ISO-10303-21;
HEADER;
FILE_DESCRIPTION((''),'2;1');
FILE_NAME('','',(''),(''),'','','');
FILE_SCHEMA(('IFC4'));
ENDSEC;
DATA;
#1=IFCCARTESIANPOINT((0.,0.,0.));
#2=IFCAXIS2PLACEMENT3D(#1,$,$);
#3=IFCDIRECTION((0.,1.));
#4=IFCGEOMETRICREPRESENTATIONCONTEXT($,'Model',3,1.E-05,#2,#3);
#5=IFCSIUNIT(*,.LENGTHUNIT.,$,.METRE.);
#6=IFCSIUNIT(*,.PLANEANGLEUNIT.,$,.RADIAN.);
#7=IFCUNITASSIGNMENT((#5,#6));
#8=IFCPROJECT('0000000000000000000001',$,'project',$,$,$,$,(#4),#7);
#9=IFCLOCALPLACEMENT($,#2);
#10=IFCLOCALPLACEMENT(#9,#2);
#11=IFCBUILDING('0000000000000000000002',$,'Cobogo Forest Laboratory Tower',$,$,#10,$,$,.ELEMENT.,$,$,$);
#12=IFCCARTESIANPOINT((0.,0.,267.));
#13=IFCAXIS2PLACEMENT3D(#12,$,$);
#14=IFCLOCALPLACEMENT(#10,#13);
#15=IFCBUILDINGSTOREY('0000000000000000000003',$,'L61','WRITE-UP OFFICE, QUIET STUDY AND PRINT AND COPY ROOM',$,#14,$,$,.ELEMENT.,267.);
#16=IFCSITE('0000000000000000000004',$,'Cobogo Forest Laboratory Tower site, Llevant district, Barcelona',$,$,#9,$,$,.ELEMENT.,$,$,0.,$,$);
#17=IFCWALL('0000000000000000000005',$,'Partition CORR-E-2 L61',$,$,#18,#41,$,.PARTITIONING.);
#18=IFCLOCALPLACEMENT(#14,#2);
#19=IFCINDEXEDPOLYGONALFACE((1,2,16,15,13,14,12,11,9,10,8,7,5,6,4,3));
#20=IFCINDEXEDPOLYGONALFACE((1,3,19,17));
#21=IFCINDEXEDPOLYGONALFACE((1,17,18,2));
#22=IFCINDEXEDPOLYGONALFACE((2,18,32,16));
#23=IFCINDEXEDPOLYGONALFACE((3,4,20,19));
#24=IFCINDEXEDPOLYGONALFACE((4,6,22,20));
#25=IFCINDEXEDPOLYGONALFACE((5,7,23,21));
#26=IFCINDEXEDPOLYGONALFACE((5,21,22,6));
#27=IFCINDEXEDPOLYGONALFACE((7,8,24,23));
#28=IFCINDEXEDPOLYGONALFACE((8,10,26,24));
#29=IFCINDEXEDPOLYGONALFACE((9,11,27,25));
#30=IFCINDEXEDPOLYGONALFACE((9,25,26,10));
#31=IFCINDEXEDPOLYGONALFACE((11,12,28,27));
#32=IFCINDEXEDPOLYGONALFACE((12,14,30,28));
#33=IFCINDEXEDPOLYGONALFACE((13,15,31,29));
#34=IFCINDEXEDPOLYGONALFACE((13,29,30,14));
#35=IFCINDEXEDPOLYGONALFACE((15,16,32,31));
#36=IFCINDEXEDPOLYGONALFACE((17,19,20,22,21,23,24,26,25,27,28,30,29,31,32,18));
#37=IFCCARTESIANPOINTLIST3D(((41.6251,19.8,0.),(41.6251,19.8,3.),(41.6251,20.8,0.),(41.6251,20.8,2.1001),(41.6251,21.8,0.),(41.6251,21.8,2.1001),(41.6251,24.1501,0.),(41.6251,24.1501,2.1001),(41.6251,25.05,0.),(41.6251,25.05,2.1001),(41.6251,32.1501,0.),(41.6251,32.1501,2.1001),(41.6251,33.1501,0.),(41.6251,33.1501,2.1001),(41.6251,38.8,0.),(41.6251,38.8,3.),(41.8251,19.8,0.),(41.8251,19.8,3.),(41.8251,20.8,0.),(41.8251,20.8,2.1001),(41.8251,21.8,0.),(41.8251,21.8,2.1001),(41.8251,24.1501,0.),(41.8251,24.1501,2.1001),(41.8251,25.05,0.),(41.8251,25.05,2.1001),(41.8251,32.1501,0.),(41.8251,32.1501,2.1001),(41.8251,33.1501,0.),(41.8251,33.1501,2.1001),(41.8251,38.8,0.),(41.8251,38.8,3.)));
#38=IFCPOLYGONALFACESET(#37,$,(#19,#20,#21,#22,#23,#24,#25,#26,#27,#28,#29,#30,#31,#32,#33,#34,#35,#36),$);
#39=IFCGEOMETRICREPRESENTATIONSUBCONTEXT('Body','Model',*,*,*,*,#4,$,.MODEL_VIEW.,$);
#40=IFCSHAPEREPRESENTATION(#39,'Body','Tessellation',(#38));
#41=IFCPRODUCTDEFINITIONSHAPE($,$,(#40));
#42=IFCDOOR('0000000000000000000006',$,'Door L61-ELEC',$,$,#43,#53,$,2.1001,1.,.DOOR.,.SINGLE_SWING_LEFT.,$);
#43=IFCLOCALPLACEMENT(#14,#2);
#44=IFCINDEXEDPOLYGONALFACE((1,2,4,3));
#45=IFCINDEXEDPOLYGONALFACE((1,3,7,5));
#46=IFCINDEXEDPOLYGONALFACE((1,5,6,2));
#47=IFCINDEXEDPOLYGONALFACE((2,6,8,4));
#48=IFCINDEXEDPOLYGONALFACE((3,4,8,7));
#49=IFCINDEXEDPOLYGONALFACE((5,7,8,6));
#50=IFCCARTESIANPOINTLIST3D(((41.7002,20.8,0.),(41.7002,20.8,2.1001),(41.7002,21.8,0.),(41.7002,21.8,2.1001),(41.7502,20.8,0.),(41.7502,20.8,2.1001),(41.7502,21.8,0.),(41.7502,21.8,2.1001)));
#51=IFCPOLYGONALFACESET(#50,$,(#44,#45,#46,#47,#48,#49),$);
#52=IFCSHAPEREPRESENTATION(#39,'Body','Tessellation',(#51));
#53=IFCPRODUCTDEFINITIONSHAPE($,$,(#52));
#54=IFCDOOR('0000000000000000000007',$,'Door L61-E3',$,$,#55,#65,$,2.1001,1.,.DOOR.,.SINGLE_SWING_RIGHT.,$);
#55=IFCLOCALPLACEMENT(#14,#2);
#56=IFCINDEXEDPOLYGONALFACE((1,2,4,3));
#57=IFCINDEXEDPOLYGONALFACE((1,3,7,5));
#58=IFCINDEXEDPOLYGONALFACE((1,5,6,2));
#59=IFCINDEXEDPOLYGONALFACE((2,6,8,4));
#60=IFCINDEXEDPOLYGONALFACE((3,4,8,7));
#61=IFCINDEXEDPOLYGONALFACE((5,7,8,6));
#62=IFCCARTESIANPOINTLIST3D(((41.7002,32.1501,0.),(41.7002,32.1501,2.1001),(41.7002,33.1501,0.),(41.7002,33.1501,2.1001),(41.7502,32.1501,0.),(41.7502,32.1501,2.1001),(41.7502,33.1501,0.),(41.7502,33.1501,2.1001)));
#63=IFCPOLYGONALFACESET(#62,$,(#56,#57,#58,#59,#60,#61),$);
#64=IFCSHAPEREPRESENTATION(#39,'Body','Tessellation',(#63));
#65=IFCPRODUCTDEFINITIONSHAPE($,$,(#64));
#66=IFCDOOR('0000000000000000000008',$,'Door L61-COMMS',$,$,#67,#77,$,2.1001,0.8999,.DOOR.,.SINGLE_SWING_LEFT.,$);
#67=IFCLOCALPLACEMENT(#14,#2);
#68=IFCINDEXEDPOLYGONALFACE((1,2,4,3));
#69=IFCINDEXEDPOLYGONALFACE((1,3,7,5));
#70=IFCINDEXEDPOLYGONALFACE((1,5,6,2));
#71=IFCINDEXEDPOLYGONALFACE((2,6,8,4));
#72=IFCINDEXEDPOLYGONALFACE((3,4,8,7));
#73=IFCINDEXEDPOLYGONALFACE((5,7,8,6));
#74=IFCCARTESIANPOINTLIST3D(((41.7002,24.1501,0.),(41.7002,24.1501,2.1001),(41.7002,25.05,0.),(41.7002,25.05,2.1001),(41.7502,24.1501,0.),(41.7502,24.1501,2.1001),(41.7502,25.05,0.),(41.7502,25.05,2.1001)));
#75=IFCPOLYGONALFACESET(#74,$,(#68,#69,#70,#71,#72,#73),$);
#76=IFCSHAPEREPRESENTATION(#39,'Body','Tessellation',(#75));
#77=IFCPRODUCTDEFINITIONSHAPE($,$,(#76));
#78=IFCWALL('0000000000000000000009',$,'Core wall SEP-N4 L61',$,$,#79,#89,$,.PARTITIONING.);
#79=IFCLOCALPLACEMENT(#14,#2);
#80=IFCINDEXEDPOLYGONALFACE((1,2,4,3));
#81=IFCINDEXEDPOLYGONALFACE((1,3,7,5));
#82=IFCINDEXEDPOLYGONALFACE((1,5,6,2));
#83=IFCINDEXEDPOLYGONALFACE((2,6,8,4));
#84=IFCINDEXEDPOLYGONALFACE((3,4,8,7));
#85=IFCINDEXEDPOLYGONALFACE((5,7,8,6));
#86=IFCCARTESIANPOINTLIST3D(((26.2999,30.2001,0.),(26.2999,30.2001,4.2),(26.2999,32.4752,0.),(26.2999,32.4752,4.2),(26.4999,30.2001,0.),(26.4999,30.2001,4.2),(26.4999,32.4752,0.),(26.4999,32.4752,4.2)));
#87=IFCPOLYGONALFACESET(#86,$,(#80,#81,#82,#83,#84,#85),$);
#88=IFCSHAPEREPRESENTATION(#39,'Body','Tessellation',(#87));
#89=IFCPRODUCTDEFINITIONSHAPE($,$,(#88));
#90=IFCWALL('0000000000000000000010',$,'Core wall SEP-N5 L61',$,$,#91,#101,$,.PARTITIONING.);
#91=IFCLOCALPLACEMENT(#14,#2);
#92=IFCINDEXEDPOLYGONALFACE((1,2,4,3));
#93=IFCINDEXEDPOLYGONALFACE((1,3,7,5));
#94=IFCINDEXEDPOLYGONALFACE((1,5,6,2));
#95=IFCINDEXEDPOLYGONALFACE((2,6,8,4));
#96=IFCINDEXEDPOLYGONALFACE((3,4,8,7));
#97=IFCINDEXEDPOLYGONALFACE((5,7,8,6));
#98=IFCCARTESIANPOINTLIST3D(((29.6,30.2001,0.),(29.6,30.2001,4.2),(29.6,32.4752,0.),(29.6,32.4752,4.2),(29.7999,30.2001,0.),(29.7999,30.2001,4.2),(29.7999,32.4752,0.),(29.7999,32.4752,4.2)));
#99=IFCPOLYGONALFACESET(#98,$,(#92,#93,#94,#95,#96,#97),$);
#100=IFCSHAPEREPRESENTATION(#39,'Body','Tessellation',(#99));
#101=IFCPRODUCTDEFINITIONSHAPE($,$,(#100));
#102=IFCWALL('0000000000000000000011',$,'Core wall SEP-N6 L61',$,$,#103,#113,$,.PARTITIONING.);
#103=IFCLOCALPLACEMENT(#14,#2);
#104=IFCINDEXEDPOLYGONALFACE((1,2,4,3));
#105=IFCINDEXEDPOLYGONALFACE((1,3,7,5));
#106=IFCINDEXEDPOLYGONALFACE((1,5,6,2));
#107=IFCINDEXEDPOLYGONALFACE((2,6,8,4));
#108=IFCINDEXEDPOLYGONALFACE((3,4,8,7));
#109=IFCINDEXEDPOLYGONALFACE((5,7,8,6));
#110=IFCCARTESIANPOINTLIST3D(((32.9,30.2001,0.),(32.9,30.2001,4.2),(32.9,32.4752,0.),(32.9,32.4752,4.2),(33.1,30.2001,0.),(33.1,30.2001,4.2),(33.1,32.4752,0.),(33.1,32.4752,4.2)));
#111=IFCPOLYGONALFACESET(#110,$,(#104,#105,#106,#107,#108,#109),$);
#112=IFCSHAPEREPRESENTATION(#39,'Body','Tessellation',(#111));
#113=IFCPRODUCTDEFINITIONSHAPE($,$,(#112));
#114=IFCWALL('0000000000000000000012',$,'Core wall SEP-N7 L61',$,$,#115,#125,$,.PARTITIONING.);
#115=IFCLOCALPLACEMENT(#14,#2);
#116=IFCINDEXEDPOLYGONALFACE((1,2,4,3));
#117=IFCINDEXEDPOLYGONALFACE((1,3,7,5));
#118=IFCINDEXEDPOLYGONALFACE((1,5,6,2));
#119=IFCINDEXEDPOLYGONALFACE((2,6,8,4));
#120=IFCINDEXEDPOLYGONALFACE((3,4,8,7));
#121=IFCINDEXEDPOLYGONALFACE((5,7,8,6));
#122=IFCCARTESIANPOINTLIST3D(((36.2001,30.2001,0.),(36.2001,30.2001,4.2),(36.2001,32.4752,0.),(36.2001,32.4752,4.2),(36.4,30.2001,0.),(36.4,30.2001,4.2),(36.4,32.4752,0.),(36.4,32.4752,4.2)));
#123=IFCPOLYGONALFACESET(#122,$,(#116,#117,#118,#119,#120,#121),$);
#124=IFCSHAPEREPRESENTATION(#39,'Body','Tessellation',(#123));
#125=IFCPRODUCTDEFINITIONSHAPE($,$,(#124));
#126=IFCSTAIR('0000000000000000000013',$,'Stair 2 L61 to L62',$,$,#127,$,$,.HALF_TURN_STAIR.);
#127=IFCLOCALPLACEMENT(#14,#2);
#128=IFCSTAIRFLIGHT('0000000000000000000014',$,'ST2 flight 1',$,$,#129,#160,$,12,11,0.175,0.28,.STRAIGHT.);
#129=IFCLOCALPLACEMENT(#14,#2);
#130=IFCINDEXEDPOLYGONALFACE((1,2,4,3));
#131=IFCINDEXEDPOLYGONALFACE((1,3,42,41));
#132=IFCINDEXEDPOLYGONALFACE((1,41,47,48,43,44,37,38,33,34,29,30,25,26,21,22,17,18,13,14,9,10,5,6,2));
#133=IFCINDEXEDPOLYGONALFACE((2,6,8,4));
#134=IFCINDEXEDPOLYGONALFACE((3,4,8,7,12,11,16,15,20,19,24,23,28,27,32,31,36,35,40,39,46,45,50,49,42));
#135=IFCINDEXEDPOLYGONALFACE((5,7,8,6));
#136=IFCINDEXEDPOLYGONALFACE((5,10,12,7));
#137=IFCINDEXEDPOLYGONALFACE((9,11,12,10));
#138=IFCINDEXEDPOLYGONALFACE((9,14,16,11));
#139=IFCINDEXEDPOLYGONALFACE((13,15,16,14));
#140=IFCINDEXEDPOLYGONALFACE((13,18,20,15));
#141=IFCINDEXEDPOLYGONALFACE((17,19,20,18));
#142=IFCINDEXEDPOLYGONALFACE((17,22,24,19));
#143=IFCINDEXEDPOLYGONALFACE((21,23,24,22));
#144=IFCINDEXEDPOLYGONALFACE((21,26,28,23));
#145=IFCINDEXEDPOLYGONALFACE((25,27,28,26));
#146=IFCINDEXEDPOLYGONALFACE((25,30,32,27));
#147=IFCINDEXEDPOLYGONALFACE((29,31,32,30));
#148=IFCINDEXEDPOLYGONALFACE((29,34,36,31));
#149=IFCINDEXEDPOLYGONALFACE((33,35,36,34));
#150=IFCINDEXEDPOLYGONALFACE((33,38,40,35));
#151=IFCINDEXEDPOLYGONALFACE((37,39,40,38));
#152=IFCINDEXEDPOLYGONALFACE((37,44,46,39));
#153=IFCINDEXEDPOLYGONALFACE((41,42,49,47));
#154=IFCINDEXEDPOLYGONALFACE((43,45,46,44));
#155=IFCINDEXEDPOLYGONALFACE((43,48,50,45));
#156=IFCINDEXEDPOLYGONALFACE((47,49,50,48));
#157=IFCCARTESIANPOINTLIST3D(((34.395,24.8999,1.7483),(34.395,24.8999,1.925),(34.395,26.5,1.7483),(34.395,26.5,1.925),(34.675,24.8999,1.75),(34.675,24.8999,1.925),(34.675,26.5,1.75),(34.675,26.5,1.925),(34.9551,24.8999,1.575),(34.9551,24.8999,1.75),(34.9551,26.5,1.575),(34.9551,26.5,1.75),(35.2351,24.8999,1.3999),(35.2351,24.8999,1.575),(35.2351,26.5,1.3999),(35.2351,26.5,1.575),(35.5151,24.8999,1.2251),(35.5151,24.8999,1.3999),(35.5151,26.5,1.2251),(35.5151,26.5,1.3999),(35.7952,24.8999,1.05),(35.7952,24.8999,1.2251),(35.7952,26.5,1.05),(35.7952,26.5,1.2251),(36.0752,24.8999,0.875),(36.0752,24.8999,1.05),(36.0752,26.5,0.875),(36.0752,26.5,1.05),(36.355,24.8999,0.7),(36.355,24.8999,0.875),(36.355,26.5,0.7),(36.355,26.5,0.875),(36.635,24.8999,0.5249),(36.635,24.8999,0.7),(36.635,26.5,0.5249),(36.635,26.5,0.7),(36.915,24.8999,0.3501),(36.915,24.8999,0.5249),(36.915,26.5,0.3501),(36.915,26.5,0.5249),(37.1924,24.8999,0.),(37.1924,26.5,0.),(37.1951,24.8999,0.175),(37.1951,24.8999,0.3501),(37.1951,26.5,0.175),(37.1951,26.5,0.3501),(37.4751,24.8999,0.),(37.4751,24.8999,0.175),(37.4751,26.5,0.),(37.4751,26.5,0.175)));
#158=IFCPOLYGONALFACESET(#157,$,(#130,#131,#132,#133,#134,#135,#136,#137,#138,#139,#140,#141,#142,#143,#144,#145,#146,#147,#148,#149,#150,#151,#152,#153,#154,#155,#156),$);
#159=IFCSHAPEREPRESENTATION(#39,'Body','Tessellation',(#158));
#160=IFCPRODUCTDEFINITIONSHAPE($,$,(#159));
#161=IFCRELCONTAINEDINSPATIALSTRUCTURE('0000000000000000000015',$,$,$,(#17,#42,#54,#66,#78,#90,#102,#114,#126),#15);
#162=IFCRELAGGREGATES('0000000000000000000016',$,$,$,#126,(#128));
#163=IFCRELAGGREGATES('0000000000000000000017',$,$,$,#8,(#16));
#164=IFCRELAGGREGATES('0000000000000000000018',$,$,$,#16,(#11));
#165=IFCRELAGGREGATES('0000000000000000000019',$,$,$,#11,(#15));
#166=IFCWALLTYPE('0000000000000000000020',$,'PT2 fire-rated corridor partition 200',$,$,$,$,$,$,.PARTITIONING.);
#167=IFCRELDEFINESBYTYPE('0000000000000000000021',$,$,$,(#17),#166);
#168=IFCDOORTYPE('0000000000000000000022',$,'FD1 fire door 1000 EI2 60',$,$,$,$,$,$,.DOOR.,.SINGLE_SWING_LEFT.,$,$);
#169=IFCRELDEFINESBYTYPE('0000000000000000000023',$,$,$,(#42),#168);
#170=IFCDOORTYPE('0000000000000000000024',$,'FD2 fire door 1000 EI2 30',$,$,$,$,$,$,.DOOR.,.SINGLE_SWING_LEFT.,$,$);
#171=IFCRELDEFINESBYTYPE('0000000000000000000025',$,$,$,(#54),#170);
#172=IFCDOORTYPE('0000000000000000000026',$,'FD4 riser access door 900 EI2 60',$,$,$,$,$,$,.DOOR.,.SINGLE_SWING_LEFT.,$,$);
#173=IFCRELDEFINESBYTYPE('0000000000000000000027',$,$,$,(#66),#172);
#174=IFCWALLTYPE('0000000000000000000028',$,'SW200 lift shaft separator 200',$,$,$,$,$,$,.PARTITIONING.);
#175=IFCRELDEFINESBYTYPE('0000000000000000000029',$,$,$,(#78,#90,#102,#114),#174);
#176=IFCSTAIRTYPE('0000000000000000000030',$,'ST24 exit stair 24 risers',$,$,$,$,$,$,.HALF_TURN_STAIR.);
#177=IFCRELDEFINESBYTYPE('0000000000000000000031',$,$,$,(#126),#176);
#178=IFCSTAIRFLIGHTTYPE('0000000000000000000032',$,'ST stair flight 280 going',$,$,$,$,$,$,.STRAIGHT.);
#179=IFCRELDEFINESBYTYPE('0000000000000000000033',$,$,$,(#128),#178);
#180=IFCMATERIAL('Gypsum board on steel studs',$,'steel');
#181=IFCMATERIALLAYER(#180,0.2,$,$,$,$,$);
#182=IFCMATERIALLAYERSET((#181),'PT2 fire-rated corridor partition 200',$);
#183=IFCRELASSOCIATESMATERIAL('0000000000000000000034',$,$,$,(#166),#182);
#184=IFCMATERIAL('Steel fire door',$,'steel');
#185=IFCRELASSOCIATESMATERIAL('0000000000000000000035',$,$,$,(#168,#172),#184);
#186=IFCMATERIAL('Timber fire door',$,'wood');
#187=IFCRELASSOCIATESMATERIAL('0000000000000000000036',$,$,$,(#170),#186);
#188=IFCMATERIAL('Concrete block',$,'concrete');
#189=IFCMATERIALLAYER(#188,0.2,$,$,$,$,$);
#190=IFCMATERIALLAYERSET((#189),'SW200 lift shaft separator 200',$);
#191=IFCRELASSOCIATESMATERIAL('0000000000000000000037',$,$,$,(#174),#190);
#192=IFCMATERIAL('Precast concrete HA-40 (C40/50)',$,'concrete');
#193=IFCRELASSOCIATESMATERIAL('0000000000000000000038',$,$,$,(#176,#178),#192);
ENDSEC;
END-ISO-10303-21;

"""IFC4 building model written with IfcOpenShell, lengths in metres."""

from ifc_helpers import new_model, si_unit, direction, frame, frame_2d, origin, place, context, subcontext, project, spatial, polyline, rectangle, outline, extrude, material, layer, layer_set, type_object, element, fill, aggregate, save


model = new_model("IFC4")

# Units and contexts
model_context = context("Model", 3, precision=1e-05, world=origin(), true_north=direction((0.0, 1.0)))
body_context = subcontext(model_context, "Body", "Model", "MODEL_VIEW")
ifc_project = project(units=[si_unit("LENGTHUNIT", "METRE"), si_unit("PLANEANGLEUNIT", "RADIAN")], contexts=[model_context])

# Site, building, storey
site_placement = place(None, origin())
site = spatial("IfcSite", under=ifc_project, at=site_placement, Name="Cobogo Forest Laboratory Tower site, Llevant district, Barcelona", CompositionType="ELEMENT", RefElevation=0.0)
building_placement = place(site_placement, origin())
building = spatial("IfcBuilding", under=site, at=building_placement, Name="Cobogo Forest Laboratory Tower", CompositionType="ELEMENT")
storey_placement = place(building_placement, frame((0.0, 0.0, 267.0)))
storey = spatial("IfcBuildingStorey", under=building, at=storey_placement, Name="L61", Description="WRITE-UP OFFICE, QUIET STUDY AND PRINT AND COPY ROOM", CompositionType="ELEMENT", Elevation=267.0)

# Shared definitions
ifc_material_1 = material(Name="Gypsum board on steel studs", Category="steel")

# Wall, openings, doors
ifc_layer_1 = layer(ifc_material_1, 0.2)
ifc_layer_set_1 = layer_set([ifc_layer_1], Name="PT2 fire-rated corridor partition 200")
wall_type_1 = type_object("IfcWallType", Name="PT2 fire-rated corridor partition 200", PredefinedType="PARTITIONING", material=ifc_layer_set_1)
wall_1_placement = place(storey_placement, frame((41.7251, 19.8, 0.0), z_axis=(0.0, 0.0, 1.0), x_axis=(0.0, 1.0, 0.0)))
wall_1 = element("IfcWall", 1, at=wall_1_placement, inside=storey, type_object=wall_type_1, Name="Partition CORR-E-2 L61", PredefinedType="PARTITIONING", context=body_context, shape_type="SweptSolid", body=[
    extrude(rectangle(XDim=19.0, YDim=0.2, at=frame_2d((9.5, 0.0))), origin(), (0.0, 0.0, 1.0), 3.0),
])
opening_1_placement = place(wall_1_placement, frame((1.0, 0.0, 0.0)))
opening_1 = element("IfcOpeningElement", 2, at=opening_1_placement, cuts=wall_1, PredefinedType="OPENING", context=body_context, shape_type="SweptSolid", body=[
    extrude(rectangle(XDim=1.0, YDim=2.1001, at=frame_2d((0.5, 1.05))), frame((0.0, 0.1099, 0.0), z_axis=(0.0, -1.0, 0.0), x_axis=(1.0, 0.0, 0.0)), (0.0, 0.0, 1.0), 0.22),
])
opening_2_placement = place(wall_1_placement, frame((4.3501, 0.0, 0.0)))
opening_2 = element("IfcOpeningElement", 3, at=opening_2_placement, cuts=wall_1, PredefinedType="OPENING", context=body_context, shape_type="SweptSolid", body=[
    extrude(rectangle(XDim=0.8999, YDim=2.1001, at=frame_2d((0.45, 1.05))), frame((0.0, 0.1099, 0.0), z_axis=(0.0, -1.0, 0.0), x_axis=(1.0, 0.0, 0.0)), (0.0, 0.0, 1.0), 0.22),
])
opening_3_placement = place(wall_1_placement, frame((12.3501, 0.0, 0.0)))
opening_3 = element("IfcOpeningElement", 4, at=opening_3_placement, cuts=wall_1, PredefinedType="OPENING", context=body_context, shape_type="SweptSolid", body=[
    extrude(rectangle(XDim=1.0, YDim=2.1001, at=frame_2d((0.5, 1.05))), frame((0.0, 0.1099, 0.0), z_axis=(0.0, -1.0, 0.0), x_axis=(1.0, 0.0, 0.0)), (0.0, 0.0, 1.0), 0.22),
])
ifc_material_2 = material(Name="Steel fire door", Category="steel")
door_type_1 = type_object("IfcDoorType", Name="FD1 fire door 1000 EI2 60", OperationType="SINGLE_SWING_LEFT", PredefinedType="DOOR", material=ifc_material_2)
door_1_placement = place(opening_1_placement, origin())
door_1 = element("IfcDoor", 5, at=door_1_placement, inside=storey, type_object=door_type_1, Name="Door L61-ELEC", OperationType="SINGLE_SWING_LEFT", OverallHeight=2.1001, OverallWidth=1.0, PredefinedType="DOOR", context=body_context, shape_type="SweptSolid", body=[
    extrude(rectangle(XDim=1.0, YDim=2.1001, at=frame_2d((0.5, 1.05))), frame((0.0, 0.0249, 0.0), z_axis=(0.0, -1.0, 0.0), x_axis=(1.0, 0.0, 0.0)), (0.0, 0.0, 1.0), 0.05),
])
fill(opening_1, door_1)
ifc_material_3 = material(Name="Timber fire door", Category="wood")
door_type_2 = type_object("IfcDoorType", Name="FD2 fire door 1000 EI2 30", OperationType="SINGLE_SWING_LEFT", PredefinedType="DOOR", material=ifc_material_3)
door_2_placement = place(opening_3_placement, origin())
door_2 = element("IfcDoor", 6, at=door_2_placement, inside=storey, type_object=door_type_2, Name="Door L61-E3", OperationType="SINGLE_SWING_RIGHT", OverallHeight=2.1001, OverallWidth=1.0, PredefinedType="DOOR", context=body_context, shape_type="SweptSolid", body=[
    extrude(rectangle(XDim=1.0, YDim=2.1001, at=frame_2d((0.5, 1.05))), frame((0.0, 0.0249, 0.0), z_axis=(0.0, -1.0, 0.0), x_axis=(1.0, 0.0, 0.0)), (0.0, 0.0, 1.0), 0.05),
])
fill(opening_3, door_2)
door_type_3 = type_object("IfcDoorType", Name="FD4 riser access door 900 EI2 60", OperationType="SINGLE_SWING_LEFT", PredefinedType="DOOR", material=ifc_material_2)
door_3_placement = place(opening_2_placement, origin())
door_3 = element("IfcDoor", 7, at=door_3_placement, inside=storey, type_object=door_type_3, Name="Door L61-COMMS", OperationType="SINGLE_SWING_LEFT", OverallHeight=2.1001, OverallWidth=0.8999, PredefinedType="DOOR", context=body_context, shape_type="SweptSolid", body=[
    extrude(rectangle(XDim=0.8999, YDim=2.1001, at=frame_2d((0.45, 1.05))), frame((0.0, 0.0249, 0.0), z_axis=(0.0, -1.0, 0.0), x_axis=(1.0, 0.0, 0.0)), (0.0, 0.0, 1.0), 0.05),
])
fill(opening_2, door_3)

# Walls
ifc_material_4 = material(Name="Concrete block", Category="concrete")
ifc_layer_2 = layer(ifc_material_4, 0.2)
ifc_layer_set_2 = layer_set([ifc_layer_2], Name="SW200 lift shaft separator 200")
wall_type_2 = type_object("IfcWallType", Name="SW200 lift shaft separator 200", PredefinedType="PARTITIONING", material=ifc_layer_set_2)
for number, where, z_axis, x_axis, name in (
    (8, (26.3999, 30.2, 0.0), (0.0, 0.0, 1.0), (0.0, 1.0, 0.0), "Core wall SEP-N4 L61"),
    (9, (29.7, 30.2, 0.0), (0.0, 0.0, 1.0), (0.0, 1.0, 0.0), "Core wall SEP-N5 L61"),
    (10, (33.0, 30.2, 0.0), (0.0, 0.0, 1.0), (0.0, 1.0, 0.0), "Core wall SEP-N6 L61"),
    (11, (36.3, 30.2, 0.0), (0.0, 0.0, 1.0), (0.0, 1.0, 0.0), "Core wall SEP-N7 L61"),
):
    element("IfcWall", number, at=place(storey_placement, frame(where, z_axis=z_axis, x_axis=x_axis)), inside=storey, type_object=wall_type_2, Name=name, PredefinedType="PARTITIONING", context=body_context, shape_type="SweptSolid", body=[
        extrude(rectangle(XDim=2.2751, YDim=0.2, at=frame_2d((1.1377, 0.0))), origin(), (0.0, 0.0, 1.0), 4.2),
    ])

# Stair, stair flight
ifc_material_5 = material(Name="Precast concrete HA-40 (C40/50)", Category="concrete")
stair_type = type_object("IfcStairType", Name="ST24 exit stair 24 risers", PredefinedType="HALF_TURN_STAIR", material=ifc_material_5)
stair_placement = place(storey_placement, origin())
stair = element("IfcStair", 12, at=stair_placement, inside=storey, type_object=stair_type, Name="Stair 2 L61 to L62", PredefinedType="HALF_TURN_STAIR")
stair_flight_type = type_object("IfcStairFlightType", Name="ST stair flight 280 going", PredefinedType="STRAIGHT", material=ifc_material_5)
stair_flight_1_placement = place(storey_placement, frame((37.4751, 25.7, 0.0), z_axis=(0.0, 0.0, 1.0), x_axis=(-1.0, 0.0, 0.0)))
stair_flight_1 = element("IfcStairFlight", 13, at=stair_flight_1_placement, type_object=stair_flight_type, Name="ST2 flight 1", NumberOfRisers=12, NumberOfTreads=11, PredefinedType="STRAIGHT", RiserHeight=0.175, TreadLength=0.28, context=body_context, shape_type="SweptSolid", body=[
    extrude(outline(polyline([(0.0, 0.0), (0.0, 0.175), (0.28, 0.175), (0.28, 0.3501), (0.5601, 0.3501), (0.5601, 0.5249), (0.8401, 0.5249), (0.8401, 0.7), (1.1201, 0.7), (1.1201, 0.875), (1.3999, 0.875), (1.3999, 1.05), (1.6799, 1.05), (1.6799, 1.2251), (1.96, 1.2251), (1.96, 1.3999), (2.24, 1.3999), (2.24, 1.575), (2.52, 1.575), (2.52, 1.75), (2.8, 1.75), (2.8, 1.925), (3.0801, 1.925), (3.0801, 2.1001), (3.0801, 1.7483), (0.2827, 0.0), (0.0, 0.0)])), frame((0.0, 0.8, 0.0), z_axis=(0.0, -1.0, 0.0), x_axis=(1.0, 0.0, 0.0)), (0.0, 0.0, 1.0), 1.6001),
])
aggregate(stair, [stair_flight_1])

save(model, "model.ifc")
